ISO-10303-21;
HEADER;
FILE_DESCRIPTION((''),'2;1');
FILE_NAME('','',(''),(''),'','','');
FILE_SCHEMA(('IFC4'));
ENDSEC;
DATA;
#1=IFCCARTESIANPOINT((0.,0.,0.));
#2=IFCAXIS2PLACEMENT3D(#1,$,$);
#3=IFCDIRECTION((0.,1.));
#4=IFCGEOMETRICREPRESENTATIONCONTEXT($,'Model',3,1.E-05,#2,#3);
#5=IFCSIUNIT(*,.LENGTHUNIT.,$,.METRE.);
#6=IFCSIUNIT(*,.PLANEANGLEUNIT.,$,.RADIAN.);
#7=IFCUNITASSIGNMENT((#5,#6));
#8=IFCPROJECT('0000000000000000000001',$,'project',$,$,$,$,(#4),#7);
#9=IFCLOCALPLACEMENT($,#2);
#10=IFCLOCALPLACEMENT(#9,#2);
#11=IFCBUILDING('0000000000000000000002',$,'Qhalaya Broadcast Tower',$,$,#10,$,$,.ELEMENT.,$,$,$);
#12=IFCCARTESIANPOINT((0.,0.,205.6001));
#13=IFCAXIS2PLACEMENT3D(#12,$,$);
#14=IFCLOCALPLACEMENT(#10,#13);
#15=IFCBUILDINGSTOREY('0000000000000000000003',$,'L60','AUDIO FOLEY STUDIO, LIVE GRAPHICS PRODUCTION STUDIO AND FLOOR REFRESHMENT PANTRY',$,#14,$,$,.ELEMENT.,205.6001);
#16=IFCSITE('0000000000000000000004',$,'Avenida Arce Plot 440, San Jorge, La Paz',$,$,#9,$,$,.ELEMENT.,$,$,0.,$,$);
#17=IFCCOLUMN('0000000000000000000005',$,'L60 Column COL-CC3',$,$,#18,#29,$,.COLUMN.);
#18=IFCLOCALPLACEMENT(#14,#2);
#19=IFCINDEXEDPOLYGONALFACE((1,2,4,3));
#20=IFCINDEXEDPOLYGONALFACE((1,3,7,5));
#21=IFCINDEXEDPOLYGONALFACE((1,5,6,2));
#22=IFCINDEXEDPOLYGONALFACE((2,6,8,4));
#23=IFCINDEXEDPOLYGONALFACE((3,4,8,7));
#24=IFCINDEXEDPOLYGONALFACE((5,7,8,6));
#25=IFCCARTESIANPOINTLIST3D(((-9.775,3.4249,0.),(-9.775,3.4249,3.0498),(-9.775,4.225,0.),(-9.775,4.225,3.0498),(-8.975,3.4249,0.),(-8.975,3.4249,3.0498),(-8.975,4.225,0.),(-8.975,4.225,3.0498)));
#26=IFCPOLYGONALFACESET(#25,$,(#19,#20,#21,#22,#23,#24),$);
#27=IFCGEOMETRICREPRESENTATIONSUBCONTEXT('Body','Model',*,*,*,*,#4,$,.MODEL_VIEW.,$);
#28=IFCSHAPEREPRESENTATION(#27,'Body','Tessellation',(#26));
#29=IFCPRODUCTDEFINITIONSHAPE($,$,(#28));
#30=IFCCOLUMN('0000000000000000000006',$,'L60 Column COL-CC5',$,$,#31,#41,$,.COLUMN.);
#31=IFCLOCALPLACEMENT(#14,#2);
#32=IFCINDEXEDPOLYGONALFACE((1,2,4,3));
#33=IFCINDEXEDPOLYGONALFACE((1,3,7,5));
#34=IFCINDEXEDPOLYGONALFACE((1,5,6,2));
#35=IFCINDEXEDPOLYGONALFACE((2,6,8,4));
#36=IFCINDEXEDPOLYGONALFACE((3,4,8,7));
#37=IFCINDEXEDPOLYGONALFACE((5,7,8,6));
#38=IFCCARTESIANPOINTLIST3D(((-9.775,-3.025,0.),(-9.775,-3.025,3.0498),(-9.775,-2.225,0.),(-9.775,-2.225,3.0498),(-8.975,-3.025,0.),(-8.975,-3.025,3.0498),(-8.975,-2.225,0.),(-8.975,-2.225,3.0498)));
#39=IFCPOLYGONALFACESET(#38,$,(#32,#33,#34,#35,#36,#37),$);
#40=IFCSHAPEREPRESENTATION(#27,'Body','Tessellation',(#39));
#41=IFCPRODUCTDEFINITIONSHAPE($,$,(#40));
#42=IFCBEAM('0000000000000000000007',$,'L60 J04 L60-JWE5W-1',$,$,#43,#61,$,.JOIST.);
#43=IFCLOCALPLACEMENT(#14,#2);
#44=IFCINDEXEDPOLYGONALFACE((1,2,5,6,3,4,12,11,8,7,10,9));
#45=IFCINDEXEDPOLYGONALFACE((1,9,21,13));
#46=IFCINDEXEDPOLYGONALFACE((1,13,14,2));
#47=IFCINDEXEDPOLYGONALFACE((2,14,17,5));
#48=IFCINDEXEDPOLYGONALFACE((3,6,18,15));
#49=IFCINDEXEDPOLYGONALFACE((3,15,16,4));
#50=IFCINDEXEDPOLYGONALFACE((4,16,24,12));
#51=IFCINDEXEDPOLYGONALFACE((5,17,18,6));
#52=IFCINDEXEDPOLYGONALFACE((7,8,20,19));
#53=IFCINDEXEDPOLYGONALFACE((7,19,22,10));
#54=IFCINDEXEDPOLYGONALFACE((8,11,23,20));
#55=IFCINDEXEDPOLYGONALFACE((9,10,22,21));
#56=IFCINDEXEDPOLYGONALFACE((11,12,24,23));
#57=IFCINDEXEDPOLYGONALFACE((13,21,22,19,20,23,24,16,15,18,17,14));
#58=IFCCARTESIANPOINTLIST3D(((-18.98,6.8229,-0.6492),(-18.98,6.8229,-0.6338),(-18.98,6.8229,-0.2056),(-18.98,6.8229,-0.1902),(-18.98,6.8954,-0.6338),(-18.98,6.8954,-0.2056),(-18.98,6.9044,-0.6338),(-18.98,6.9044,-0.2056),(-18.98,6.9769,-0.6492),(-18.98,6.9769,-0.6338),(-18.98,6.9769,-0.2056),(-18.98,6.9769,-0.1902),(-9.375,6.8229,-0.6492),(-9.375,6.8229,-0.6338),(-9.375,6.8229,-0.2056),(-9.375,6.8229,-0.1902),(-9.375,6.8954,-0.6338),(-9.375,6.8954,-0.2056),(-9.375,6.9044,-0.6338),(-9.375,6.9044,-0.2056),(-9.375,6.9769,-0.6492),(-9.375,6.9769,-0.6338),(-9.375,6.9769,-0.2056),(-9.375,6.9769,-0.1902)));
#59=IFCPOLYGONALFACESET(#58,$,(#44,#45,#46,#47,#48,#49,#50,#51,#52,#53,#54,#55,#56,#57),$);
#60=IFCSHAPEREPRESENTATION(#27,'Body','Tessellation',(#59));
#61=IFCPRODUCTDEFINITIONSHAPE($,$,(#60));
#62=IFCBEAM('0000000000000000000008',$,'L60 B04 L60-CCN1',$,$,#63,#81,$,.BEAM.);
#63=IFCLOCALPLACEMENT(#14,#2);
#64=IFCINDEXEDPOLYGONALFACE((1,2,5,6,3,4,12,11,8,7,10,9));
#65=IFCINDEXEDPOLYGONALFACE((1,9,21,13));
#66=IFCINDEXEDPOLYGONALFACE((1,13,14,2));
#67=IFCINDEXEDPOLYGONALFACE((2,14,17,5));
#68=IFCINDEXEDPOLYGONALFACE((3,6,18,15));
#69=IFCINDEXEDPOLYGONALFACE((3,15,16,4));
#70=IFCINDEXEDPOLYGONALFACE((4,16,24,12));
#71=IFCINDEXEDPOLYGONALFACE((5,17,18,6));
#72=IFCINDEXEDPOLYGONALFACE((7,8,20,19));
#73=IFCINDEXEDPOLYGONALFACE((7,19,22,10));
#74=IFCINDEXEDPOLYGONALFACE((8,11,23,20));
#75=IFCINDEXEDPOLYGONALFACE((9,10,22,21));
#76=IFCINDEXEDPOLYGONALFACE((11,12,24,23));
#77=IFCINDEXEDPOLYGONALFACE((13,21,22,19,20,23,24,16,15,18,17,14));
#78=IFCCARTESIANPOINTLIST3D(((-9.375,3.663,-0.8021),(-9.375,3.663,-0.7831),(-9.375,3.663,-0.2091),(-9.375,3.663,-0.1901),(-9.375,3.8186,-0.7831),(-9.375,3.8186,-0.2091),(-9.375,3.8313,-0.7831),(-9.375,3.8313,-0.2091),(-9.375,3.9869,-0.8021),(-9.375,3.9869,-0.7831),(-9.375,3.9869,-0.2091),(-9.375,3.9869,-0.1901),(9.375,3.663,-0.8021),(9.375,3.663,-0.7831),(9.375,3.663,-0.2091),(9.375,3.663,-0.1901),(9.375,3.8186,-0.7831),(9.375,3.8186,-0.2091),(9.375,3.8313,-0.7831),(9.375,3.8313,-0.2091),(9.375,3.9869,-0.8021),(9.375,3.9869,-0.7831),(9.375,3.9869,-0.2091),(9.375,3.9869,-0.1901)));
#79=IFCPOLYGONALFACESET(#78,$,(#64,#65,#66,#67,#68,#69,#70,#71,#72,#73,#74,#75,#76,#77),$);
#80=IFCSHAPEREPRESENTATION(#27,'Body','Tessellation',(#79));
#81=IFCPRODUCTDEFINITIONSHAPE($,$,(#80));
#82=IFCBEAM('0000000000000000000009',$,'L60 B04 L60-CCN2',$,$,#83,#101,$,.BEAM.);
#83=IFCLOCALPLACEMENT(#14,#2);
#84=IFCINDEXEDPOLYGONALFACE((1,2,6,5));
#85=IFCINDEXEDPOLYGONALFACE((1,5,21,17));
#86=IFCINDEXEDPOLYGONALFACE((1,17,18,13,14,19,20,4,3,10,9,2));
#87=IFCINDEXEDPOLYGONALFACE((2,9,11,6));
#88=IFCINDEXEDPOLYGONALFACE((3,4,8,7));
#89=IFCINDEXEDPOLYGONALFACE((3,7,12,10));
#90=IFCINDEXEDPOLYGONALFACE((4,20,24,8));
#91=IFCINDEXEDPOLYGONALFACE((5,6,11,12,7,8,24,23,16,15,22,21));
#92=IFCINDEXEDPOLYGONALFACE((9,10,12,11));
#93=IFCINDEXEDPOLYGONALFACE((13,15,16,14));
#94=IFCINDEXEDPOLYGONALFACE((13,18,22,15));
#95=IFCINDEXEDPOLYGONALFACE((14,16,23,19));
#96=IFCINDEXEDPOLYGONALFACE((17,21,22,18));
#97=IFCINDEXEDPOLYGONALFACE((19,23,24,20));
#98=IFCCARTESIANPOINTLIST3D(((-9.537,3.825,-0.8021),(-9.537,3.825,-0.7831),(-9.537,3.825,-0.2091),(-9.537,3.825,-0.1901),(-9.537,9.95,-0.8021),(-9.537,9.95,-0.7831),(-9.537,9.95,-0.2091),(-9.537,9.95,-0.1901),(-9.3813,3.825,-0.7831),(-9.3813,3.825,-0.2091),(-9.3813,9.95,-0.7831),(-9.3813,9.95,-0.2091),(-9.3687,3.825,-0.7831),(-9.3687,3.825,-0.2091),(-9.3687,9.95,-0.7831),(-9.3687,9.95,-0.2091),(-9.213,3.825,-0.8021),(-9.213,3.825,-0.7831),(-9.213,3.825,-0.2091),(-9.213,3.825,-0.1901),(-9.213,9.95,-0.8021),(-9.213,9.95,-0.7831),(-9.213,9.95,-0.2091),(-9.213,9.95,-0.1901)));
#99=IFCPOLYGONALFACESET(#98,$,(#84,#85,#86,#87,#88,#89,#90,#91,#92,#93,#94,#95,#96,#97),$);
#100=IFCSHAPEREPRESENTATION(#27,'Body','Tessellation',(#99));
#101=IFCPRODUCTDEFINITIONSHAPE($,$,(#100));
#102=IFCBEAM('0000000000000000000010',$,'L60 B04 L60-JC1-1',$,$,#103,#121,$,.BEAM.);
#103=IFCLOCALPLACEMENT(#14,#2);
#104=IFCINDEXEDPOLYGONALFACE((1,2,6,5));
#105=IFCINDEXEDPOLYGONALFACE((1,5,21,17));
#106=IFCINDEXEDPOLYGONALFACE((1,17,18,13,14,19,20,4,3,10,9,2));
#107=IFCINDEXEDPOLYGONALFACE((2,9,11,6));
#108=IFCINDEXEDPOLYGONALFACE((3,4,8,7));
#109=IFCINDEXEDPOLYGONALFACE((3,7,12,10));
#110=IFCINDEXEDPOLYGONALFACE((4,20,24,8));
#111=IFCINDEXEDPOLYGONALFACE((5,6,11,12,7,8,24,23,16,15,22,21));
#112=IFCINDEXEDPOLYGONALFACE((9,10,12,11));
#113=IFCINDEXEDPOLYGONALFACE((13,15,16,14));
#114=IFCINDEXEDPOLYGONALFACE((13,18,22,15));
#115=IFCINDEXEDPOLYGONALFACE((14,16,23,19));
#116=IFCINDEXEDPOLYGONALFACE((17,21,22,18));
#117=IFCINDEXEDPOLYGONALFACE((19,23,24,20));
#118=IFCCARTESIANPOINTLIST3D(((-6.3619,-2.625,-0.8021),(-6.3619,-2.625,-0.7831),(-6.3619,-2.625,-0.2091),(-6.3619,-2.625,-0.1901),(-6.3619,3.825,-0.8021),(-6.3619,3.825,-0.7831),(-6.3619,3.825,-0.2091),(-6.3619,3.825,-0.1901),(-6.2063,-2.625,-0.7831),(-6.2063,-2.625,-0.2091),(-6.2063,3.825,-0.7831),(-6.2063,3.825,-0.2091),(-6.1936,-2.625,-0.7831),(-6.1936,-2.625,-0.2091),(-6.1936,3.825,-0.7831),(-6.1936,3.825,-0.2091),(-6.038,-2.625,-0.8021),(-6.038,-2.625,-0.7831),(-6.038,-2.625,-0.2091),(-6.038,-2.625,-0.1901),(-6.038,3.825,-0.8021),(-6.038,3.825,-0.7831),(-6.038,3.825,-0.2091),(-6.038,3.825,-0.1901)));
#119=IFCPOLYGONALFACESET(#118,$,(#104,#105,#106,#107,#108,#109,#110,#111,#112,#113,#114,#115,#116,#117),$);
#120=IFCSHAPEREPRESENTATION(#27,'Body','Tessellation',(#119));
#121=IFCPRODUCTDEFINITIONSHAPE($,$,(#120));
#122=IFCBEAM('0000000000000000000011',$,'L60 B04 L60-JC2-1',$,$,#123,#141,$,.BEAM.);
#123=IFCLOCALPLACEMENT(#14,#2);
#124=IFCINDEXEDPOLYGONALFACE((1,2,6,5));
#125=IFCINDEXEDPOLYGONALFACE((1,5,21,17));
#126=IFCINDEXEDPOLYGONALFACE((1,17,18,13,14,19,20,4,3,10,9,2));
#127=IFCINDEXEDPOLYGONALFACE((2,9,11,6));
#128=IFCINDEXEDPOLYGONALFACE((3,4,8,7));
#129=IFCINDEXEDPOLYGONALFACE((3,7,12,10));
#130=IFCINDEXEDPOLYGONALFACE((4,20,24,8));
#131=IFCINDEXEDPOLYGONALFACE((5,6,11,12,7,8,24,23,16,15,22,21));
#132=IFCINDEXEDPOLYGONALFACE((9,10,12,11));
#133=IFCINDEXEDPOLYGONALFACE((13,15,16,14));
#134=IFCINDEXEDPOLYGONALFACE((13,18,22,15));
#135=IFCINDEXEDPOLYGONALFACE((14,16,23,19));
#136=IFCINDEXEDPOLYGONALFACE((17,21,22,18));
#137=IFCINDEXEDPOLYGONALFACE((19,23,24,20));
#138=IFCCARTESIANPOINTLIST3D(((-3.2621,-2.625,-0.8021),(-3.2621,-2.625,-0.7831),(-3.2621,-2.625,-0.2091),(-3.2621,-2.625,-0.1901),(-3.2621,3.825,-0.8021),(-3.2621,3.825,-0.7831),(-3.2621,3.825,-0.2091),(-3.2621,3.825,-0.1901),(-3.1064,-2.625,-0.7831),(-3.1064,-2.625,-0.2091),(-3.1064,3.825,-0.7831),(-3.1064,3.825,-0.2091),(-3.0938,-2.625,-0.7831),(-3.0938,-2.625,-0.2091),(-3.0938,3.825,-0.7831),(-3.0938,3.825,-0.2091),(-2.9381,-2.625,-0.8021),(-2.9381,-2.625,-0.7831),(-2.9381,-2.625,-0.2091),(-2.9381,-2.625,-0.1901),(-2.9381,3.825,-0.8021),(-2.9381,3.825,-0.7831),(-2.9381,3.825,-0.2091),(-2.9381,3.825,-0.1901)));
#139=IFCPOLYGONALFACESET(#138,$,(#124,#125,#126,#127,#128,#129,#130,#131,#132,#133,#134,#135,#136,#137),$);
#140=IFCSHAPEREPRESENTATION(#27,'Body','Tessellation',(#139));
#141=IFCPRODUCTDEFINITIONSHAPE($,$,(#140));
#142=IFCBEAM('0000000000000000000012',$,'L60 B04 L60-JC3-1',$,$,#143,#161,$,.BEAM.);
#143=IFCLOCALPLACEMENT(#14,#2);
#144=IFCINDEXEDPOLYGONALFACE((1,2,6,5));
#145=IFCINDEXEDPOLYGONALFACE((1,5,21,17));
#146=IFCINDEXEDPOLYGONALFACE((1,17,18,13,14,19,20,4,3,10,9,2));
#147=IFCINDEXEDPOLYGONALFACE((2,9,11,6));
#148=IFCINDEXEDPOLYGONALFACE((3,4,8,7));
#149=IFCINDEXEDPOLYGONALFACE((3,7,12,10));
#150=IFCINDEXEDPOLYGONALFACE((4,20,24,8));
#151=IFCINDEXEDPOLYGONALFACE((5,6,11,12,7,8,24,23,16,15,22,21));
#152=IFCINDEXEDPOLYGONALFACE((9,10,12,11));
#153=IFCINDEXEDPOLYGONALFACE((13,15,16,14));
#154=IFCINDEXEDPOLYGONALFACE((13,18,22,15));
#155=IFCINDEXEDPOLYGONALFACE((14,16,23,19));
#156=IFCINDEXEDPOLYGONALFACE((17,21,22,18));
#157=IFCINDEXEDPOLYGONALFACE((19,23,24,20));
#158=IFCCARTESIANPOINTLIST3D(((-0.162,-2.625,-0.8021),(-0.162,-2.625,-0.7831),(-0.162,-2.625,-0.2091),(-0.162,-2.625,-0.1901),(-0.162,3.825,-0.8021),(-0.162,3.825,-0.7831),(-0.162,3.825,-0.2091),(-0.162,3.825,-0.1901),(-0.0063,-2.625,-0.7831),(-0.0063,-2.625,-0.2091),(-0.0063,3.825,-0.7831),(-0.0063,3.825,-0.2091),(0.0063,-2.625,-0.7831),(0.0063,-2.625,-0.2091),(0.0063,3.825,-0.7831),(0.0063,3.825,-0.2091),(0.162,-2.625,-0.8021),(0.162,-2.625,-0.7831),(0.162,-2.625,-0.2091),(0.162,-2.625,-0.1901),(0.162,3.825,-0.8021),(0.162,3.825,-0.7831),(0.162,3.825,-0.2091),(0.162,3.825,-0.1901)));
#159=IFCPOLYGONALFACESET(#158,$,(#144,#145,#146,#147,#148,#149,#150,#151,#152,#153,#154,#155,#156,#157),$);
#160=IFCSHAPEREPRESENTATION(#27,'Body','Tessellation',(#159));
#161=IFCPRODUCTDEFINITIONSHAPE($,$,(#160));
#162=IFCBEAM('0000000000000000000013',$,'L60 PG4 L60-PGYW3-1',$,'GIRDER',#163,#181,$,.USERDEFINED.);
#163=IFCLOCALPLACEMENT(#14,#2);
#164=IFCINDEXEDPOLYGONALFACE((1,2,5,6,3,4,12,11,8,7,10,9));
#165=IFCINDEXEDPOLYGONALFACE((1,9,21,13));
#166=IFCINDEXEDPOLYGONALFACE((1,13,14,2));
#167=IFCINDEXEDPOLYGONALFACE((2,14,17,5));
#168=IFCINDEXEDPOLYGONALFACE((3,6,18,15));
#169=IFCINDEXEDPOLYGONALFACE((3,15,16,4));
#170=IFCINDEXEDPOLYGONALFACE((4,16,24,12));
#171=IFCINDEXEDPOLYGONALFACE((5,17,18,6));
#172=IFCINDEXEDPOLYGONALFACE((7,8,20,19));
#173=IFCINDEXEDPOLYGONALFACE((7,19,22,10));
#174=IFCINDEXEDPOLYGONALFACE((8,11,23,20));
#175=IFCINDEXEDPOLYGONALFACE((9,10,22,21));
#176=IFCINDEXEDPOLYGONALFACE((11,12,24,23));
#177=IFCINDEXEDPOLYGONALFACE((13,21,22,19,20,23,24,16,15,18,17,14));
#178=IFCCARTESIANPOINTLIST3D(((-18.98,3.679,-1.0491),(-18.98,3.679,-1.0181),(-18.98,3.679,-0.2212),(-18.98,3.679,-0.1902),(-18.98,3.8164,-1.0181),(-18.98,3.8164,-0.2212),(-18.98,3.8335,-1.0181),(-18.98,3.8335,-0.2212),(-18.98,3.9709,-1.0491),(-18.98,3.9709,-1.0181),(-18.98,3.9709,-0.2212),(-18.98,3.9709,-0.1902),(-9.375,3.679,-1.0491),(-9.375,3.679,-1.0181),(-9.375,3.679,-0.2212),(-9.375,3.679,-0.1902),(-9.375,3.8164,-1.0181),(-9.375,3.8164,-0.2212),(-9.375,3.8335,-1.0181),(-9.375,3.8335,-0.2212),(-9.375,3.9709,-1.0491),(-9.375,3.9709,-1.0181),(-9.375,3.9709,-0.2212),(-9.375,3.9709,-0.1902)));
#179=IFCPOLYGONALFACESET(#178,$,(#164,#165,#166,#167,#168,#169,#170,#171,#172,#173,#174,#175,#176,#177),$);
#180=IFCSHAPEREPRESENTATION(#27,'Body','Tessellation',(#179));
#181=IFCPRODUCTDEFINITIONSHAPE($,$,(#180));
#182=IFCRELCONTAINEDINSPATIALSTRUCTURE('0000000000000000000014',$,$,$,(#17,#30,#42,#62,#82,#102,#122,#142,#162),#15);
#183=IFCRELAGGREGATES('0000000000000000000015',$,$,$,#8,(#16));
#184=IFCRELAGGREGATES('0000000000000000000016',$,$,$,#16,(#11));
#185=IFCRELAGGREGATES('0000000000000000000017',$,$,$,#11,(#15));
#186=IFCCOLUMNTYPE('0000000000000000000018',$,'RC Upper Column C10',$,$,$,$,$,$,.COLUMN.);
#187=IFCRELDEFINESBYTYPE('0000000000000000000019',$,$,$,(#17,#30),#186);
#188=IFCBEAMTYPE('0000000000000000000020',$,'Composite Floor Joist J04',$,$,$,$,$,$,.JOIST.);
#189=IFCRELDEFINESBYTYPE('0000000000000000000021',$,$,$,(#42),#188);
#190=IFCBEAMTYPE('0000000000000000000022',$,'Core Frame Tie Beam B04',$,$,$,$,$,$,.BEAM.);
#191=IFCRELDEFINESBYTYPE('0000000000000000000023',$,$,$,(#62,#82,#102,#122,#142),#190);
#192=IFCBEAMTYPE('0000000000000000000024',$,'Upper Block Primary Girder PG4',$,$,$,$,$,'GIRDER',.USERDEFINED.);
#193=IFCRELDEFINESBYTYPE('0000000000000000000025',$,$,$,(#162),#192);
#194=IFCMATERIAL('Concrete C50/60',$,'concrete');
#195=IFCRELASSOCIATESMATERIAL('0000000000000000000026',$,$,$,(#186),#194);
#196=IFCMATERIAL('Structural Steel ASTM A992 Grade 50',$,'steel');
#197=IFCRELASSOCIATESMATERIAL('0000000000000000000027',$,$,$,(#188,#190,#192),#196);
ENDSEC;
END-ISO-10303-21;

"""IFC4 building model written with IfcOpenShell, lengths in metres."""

from ifc_helpers import new_model, si_unit, direction, frame, origin, origin_2d, place, context, subcontext, project, spatial, rectangle, i_section, extrude, material, material_profile, profile_set, type_object, element, save


model = new_model("IFC4")

# Units and contexts
model_context = context("Model", 3, precision=1e-05, world=origin(), true_north=direction((0.0, 1.0)))
body_context = subcontext(model_context, "Body", "Model", "MODEL_VIEW")
ifc_project = project(units=[si_unit("LENGTHUNIT", "METRE"), si_unit("PLANEANGLEUNIT", "RADIAN")], contexts=[model_context])

# Site, building, storey
site_placement = place(None, origin())
site = spatial("IfcSite", under=ifc_project, at=site_placement, Name="Avenida Arce Plot 440, San Jorge, La Paz", CompositionType="ELEMENT", RefElevation=0.0)
building_placement = place(site_placement, origin())
building = spatial("IfcBuilding", under=site, at=building_placement, Name="Qhalaya Broadcast Tower", CompositionType="ELEMENT")
storey_placement = place(building_placement, frame((0.0, 0.0, 205.6001)))
storey = spatial("IfcBuildingStorey", under=building, at=storey_placement, Name="L60", Description="AUDIO FOLEY STUDIO, LIVE GRAPHICS PRODUCTION STUDIO AND FLOOR REFRESHMENT PANTRY", CompositionType="ELEMENT", Elevation=205.6001)

# Columns
ifc_material_1 = material(Name="Concrete C50/60", Category="concrete")
ifc_material_profile_1 = material_profile(ifc_material_1, rectangle(XDim=0.8, YDim=0.8, at=origin_2d()), Name="RC-COL 800x800")
ifc_profile_set_1 = profile_set([ifc_material_profile_1], Name="Concrete C50/60")
column_type = type_object("IfcColumnType", Name="RC Upper Column C10", PredefinedType="COLUMN", material=ifc_profile_set_1)
for number, where, z_axis, x_axis, name in (
    (1, (-9.375, 3.825, 0.0), (0.0, 0.0, 1.0), (1.0, 0.0, 0.0), "L60 Column COL-CC3"),
    (2, (-9.375, -2.625, 0.0), (0.0, 0.0, 1.0), (1.0, 0.0, 0.0), "L60 Column COL-CC5"),
):
    element("IfcColumn", number, at=place(storey_placement, frame(where, z_axis=z_axis, x_axis=x_axis)), inside=storey, type_object=column_type, Name=name, PredefinedType="COLUMN", context=body_context, shape_type="SweptSolid", body=[
        extrude(rectangle(XDim=0.8, YDim=0.8, at=origin_2d()), origin(), (0.0, 0.0, 1.0), 3.0498),
    ])

# Beams
ifc_material_2 = material(Name="Structural Steel ASTM A992 Grade 50", Category="steel")
ifc_material_profile_2 = material_profile(ifc_material_2, i_section(OverallWidth=0.1541, OverallDepth=0.459, WebThickness=0.009, FlangeThickness=0.0154, at=origin_2d()), Name="W18X46")
ifc_profile_set_2 = profile_set([ifc_material_profile_2], Name="Structural Steel ASTM A992 Grade 50")
beam_type_1 = type_object("IfcBeamType", Name="Composite Floor Joist J04", PredefinedType="JOIST", material=ifc_profile_set_2)
beam_1_placement = place(storey_placement, frame((-18.98, 6.8999, -0.4197), z_axis=(1.0, 0.0, 0.0), x_axis=(0.0, 1.0, 0.0)))
element("IfcBeam", 3, at=beam_1_placement, inside=storey, type_object=beam_type_1, Name="L60 J04 L60-JWE5W-1", PredefinedType="JOIST", context=body_context, shape_type="SweptSolid", body=[
    extrude(i_section(OverallWidth=0.1541, OverallDepth=0.459, WebThickness=0.009, FlangeThickness=0.0154, at=origin_2d()), origin(), (0.0, 0.0, 1.0), 9.605),
])
ifc_material_profile_3 = material_profile(ifc_material_2, i_section(OverallWidth=0.324, OverallDepth=0.6121, WebThickness=0.0127, FlangeThickness=0.019, at=origin_2d()), Name="W24X104")
ifc_profile_set_3 = profile_set([ifc_material_profile_3], Name="Structural Steel ASTM A992 Grade 50")
beam_type_2 = type_object("IfcBeamType", Name="Core Frame Tie Beam B04", PredefinedType="BEAM", material=ifc_profile_set_3)
beam_2_placement = place(storey_placement, frame((-9.375, 3.825, -0.4961), z_axis=(1.0, 0.0, 0.0), x_axis=(0.0, 1.0, 0.0)))
element("IfcBeam", 4, at=beam_2_placement, inside=storey, type_object=beam_type_2, Name="L60 B04 L60-CCN1", PredefinedType="BEAM", context=body_context, shape_type="SweptSolid", body=[
    extrude(i_section(OverallWidth=0.324, OverallDepth=0.6121, WebThickness=0.0127, FlangeThickness=0.019, at=origin_2d()), origin(), (0.0, 0.0, 1.0), 18.75),
])
beam_3_placement = place(storey_placement, frame((-9.375, 3.825, -0.4961), z_axis=(0.0, 1.0, 0.0), x_axis=(-1.0, 0.0, 0.0)))
element("IfcBeam", 5, at=beam_3_placement, inside=storey, type_object=beam_type_2, Name="L60 B04 L60-CCN2", PredefinedType="BEAM", context=body_context, shape_type="SweptSolid", body=[
    extrude(i_section(OverallWidth=0.324, OverallDepth=0.6121, WebThickness=0.0127, FlangeThickness=0.019, at=origin_2d()), origin(), (0.0, 0.0, 1.0), 6.125),
])
for number, where, z_axis, x_axis, name in (
    (6, (-6.2, -2.625, -0.4961), (0.0, 1.0, 0.0), (-1.0, 0.0, 0.0), "L60 B04 L60-JC1-1"),
    (7, (-3.1001, -2.625, -0.4961), (0.0, 1.0, 0.0), (-1.0, 0.0, 0.0), "L60 B04 L60-JC2-1"),
    (8, (0.0, -2.625, -0.4961), (0.0, 1.0, 0.0), (-1.0, 0.0, 0.0), "L60 B04 L60-JC3-1"),
):
    element("IfcBeam", number, at=place(storey_placement, frame(where, z_axis=z_axis, x_axis=x_axis)), inside=storey, type_object=beam_type_2, Name=name, PredefinedType="BEAM", context=body_context, shape_type="SweptSolid", body=[
        extrude(i_section(OverallWidth=0.324, OverallDepth=0.6121, WebThickness=0.0127, FlangeThickness=0.019, at=origin_2d()), origin(), (0.0, 0.0, 1.0), 6.45),
    ])
ifc_material_profile_4 = material_profile(ifc_material_2, i_section(OverallWidth=0.292, OverallDepth=0.8589, WebThickness=0.0171, FlangeThickness=0.031, at=origin_2d()), Name="W33X169")
ifc_profile_set_4 = profile_set([ifc_material_profile_4], Name="Structural Steel ASTM A992 Grade 50")
beam_type_3 = type_object("IfcBeamType", Name="Upper Block Primary Girder PG4", ElementType="GIRDER", PredefinedType="USERDEFINED", material=ifc_profile_set_4)
beam_4_placement = place(storey_placement, frame((-18.98, 3.825, -0.6196), z_axis=(1.0, 0.0, 0.0), x_axis=(0.0, 1.0, 0.0)))
element("IfcBeam", 9, at=beam_4_placement, inside=storey, type_object=beam_type_3, Name="L60 PG4 L60-PGYW3-1", ObjectType="GIRDER", PredefinedType="USERDEFINED", context=body_context, shape_type="SweptSolid", body=[
    extrude(i_section(OverallWidth=0.292, OverallDepth=0.8589, WebThickness=0.0171, FlangeThickness=0.031, at=origin_2d()), origin(), (0.0, 0.0, 1.0), 9.605),
])

save(model, "model.ifc")
